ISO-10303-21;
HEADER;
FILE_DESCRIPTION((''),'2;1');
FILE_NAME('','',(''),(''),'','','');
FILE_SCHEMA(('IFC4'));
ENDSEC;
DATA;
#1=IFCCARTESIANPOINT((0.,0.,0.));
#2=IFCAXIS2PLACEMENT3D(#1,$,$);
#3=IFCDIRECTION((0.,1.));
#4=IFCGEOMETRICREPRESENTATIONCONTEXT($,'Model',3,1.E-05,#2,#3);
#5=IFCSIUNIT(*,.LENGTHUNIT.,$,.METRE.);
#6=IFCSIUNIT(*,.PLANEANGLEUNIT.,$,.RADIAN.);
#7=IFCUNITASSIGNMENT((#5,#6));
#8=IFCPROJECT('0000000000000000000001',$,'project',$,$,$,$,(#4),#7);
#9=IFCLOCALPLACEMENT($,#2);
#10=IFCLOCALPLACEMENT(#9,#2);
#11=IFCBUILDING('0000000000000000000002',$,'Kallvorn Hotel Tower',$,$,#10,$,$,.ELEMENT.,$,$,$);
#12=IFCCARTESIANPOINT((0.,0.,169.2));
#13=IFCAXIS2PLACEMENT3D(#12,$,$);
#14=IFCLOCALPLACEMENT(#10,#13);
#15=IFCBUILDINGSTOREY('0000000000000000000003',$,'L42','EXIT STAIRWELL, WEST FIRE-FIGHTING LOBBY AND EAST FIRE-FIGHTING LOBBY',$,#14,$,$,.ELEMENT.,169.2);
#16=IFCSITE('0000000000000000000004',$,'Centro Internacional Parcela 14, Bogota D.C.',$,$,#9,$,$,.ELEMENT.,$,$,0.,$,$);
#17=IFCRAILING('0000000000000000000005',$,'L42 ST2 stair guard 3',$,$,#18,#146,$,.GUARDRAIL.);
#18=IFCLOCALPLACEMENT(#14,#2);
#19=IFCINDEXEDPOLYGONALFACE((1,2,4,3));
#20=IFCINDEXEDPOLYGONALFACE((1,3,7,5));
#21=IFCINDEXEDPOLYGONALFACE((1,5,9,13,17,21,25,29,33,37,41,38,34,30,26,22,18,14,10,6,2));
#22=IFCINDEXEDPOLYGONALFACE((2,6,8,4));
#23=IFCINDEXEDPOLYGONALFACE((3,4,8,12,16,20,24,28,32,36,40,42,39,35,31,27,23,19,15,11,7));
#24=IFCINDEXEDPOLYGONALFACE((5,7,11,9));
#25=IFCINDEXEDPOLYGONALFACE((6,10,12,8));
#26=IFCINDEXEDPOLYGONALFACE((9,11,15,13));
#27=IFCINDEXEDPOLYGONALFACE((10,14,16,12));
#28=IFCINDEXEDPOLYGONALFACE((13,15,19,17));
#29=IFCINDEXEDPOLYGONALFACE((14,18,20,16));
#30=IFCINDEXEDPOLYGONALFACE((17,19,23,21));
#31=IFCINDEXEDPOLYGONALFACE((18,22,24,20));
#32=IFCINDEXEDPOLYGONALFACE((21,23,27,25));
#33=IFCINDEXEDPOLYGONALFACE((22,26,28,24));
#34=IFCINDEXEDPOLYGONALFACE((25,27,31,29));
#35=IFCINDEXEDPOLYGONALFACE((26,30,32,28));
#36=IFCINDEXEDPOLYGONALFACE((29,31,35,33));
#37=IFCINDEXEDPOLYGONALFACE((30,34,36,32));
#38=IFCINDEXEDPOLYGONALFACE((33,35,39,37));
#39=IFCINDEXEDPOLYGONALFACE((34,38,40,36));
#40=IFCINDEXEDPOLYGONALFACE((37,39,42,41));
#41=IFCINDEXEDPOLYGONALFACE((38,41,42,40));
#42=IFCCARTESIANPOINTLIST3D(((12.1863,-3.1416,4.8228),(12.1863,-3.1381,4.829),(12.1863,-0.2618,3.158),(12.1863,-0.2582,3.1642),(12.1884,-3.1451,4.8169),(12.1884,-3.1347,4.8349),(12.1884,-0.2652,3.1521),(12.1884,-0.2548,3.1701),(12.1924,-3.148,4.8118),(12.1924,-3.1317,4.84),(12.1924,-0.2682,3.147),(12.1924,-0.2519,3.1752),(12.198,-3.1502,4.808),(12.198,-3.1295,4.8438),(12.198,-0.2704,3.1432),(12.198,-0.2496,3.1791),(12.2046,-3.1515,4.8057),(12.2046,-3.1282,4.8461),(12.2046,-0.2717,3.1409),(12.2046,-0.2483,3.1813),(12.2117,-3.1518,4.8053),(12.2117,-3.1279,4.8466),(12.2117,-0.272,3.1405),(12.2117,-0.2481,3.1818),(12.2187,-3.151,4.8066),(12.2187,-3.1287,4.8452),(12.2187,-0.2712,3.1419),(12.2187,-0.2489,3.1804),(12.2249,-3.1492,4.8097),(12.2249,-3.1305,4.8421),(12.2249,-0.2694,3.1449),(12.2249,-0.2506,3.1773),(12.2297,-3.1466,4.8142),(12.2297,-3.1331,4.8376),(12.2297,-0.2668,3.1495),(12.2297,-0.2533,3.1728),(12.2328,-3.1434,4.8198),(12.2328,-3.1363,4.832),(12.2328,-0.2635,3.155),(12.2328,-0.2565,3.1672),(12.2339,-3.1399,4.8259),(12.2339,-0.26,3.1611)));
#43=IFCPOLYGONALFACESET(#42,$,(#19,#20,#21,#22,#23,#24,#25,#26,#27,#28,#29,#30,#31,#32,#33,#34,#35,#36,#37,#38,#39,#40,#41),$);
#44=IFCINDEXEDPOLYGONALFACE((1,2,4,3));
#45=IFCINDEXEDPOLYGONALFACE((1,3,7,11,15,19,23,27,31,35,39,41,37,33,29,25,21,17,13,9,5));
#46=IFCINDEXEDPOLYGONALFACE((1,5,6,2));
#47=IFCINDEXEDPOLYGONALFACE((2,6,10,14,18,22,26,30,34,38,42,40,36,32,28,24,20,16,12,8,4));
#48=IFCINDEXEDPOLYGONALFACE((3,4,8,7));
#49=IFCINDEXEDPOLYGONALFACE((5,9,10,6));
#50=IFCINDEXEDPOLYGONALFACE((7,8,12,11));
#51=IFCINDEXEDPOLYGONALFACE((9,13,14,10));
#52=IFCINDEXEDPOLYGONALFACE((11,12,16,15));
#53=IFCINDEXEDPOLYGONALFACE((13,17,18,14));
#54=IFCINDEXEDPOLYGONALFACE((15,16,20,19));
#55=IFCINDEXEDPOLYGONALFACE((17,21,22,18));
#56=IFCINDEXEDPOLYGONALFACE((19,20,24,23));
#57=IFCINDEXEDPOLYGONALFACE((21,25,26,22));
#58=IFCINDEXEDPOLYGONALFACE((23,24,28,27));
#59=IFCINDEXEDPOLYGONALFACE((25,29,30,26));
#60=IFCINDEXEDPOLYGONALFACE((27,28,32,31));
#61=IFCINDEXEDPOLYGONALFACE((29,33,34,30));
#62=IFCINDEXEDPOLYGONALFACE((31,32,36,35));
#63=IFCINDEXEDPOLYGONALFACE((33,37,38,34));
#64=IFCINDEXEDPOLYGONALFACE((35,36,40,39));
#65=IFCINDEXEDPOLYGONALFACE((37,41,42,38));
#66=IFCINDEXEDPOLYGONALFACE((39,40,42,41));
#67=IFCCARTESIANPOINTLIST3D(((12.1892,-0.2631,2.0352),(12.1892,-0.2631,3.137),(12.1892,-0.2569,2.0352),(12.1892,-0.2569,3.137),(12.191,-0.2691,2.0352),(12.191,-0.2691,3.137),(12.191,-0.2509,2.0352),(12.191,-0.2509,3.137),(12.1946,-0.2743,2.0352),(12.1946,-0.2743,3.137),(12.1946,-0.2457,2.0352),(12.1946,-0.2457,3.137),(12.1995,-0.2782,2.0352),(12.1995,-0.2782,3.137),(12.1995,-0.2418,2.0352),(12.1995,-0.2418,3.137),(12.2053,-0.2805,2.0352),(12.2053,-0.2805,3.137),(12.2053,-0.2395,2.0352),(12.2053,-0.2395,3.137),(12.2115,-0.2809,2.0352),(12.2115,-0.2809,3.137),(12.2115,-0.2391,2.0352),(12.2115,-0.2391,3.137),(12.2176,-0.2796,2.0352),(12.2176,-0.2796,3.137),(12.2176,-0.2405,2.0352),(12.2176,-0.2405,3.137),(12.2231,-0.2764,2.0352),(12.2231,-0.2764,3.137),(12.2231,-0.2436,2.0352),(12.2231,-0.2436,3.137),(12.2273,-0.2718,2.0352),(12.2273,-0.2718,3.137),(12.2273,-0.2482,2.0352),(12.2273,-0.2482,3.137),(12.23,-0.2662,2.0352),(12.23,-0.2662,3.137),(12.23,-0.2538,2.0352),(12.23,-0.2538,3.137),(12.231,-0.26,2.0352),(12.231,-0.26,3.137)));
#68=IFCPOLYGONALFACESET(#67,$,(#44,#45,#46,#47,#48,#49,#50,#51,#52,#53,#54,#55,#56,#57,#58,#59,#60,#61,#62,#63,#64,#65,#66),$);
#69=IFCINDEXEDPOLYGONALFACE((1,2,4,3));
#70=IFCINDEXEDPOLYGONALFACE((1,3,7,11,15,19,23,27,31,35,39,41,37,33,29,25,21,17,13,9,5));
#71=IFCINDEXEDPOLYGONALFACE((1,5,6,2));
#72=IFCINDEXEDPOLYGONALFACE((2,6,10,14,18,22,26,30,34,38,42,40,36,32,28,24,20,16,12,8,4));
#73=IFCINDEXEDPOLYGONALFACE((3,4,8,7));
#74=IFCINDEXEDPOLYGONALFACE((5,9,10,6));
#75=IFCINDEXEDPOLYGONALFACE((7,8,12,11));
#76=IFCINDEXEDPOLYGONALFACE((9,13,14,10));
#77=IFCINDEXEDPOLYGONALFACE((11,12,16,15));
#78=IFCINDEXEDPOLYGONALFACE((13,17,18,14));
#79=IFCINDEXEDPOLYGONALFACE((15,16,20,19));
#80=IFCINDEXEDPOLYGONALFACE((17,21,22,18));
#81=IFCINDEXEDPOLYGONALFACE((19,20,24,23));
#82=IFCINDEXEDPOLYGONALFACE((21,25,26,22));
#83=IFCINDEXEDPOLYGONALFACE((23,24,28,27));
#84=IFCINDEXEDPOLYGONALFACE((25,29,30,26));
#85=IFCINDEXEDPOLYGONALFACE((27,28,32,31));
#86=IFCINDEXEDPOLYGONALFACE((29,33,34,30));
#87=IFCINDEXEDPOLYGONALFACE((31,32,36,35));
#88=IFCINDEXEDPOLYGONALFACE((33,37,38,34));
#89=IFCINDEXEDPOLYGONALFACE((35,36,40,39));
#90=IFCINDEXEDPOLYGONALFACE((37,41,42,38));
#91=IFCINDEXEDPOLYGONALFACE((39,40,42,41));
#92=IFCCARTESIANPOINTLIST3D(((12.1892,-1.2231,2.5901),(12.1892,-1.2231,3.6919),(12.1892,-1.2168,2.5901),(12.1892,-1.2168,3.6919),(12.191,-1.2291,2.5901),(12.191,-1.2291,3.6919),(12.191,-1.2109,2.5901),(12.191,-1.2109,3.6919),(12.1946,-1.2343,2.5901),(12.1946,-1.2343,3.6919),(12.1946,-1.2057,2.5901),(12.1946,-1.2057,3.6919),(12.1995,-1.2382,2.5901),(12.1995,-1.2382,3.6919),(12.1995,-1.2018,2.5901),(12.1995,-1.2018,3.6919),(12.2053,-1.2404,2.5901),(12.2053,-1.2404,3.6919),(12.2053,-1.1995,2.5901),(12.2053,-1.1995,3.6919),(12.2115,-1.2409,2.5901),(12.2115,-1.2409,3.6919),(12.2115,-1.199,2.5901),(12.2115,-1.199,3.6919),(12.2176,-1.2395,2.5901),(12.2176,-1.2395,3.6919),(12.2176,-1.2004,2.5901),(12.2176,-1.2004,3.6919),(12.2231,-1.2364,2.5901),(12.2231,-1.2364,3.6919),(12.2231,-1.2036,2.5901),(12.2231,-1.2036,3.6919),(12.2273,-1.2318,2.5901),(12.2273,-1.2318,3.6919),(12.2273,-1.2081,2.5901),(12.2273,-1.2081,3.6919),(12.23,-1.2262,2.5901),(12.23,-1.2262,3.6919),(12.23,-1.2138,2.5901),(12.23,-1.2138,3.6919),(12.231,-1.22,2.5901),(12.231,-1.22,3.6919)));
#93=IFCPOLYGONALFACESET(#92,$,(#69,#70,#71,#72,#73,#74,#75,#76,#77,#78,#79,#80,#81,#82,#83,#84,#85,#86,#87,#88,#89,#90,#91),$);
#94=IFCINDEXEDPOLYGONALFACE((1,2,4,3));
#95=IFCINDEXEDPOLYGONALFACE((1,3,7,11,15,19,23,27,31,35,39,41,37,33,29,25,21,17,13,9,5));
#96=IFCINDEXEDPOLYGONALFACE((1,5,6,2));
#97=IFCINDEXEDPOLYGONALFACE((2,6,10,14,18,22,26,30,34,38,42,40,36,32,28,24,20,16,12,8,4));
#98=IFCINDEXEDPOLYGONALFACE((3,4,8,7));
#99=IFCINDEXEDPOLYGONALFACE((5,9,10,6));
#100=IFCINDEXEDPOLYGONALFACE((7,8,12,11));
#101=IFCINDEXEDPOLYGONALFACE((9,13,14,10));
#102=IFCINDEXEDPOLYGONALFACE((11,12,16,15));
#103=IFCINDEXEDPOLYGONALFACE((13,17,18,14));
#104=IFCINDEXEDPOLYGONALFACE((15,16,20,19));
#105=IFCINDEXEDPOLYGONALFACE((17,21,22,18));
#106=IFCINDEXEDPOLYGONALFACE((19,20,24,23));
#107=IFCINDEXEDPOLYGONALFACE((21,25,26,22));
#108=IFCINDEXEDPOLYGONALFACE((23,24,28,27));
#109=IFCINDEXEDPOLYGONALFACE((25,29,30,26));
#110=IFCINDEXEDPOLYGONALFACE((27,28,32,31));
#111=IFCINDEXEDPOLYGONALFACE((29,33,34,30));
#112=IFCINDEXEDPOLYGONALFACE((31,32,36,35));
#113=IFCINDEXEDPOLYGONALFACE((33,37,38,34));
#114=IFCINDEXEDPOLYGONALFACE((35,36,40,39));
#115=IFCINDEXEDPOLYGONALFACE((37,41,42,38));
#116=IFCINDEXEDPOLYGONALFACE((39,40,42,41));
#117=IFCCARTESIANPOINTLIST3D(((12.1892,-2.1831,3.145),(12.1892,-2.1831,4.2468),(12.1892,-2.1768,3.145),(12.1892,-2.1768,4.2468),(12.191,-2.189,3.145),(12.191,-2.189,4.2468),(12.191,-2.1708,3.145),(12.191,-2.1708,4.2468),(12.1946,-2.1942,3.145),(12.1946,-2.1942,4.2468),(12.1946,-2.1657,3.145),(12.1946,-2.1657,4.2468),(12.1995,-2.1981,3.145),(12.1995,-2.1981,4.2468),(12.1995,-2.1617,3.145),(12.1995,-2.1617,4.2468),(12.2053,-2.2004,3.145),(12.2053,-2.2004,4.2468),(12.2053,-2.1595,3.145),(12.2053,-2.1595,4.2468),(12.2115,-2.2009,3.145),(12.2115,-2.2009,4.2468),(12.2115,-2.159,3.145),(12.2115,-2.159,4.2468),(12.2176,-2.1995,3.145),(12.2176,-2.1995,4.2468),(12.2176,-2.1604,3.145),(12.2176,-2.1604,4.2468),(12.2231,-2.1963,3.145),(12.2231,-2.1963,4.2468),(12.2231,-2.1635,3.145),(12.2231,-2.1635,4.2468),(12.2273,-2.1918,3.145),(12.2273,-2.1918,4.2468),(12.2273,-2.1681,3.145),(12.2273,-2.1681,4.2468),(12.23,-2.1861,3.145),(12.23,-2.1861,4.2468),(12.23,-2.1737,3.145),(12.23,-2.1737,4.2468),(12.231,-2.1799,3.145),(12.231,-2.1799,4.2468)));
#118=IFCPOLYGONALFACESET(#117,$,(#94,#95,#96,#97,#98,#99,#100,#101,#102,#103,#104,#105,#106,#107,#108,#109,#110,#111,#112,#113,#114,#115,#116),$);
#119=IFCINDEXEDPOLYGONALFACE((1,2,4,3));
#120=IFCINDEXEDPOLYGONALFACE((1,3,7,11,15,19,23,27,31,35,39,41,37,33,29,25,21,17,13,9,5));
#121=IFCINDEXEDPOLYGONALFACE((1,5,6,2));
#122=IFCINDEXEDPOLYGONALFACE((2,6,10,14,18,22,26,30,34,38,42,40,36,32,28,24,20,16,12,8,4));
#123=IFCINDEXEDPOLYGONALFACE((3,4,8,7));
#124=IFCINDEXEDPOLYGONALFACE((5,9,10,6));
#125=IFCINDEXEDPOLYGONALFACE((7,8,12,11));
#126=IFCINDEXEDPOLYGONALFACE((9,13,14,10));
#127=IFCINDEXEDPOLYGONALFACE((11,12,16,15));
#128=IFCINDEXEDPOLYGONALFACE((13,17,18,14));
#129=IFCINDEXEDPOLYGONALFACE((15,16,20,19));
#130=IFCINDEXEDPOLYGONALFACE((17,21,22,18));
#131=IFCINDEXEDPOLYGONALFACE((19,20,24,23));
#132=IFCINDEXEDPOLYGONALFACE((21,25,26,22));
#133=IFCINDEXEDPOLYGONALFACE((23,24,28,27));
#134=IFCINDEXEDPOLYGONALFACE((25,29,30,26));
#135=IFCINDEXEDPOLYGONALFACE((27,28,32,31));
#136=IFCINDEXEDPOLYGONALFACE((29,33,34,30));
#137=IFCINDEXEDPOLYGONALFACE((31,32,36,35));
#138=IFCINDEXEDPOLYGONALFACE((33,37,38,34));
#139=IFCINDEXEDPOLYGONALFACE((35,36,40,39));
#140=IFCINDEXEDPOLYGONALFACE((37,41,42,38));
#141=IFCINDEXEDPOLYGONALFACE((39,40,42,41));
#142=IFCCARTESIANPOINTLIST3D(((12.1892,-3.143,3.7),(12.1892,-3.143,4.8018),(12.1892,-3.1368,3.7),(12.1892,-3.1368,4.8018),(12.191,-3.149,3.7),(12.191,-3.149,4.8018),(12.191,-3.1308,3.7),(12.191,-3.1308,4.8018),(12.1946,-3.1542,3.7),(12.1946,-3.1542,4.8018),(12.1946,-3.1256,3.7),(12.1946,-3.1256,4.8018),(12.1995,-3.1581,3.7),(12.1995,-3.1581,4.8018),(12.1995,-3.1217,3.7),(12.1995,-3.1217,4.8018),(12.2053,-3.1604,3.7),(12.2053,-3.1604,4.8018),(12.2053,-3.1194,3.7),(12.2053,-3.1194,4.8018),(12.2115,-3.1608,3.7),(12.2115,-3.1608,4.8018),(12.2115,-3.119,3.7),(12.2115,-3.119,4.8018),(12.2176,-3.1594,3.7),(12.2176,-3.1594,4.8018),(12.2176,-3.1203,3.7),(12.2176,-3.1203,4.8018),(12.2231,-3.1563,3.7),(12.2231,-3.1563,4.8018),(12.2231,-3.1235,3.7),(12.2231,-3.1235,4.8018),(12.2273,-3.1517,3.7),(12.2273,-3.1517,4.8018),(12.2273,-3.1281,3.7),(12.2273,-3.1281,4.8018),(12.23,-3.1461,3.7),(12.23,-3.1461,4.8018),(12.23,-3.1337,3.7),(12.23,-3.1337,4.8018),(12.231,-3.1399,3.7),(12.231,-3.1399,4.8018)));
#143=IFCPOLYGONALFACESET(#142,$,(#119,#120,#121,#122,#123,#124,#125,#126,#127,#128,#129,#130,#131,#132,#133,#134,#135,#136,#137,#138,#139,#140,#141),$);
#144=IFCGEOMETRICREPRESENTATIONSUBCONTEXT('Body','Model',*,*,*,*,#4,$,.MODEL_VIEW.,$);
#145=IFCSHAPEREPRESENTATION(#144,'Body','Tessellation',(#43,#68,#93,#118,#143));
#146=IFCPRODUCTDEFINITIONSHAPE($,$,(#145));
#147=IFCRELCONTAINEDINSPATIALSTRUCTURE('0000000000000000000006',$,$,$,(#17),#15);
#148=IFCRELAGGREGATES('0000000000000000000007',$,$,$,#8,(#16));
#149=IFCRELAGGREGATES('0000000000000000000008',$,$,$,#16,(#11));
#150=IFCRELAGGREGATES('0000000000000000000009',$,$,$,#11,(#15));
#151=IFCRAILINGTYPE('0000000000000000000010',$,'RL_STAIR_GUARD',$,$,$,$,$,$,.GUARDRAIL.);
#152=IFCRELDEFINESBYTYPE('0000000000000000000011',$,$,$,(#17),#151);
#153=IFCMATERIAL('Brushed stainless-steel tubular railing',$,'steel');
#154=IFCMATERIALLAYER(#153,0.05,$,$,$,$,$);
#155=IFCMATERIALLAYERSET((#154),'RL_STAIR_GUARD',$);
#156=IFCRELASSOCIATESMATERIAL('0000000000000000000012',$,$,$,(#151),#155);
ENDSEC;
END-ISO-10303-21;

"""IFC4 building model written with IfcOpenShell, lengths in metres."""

from ifc_helpers import new_model, si_unit, direction, frame, origin, origin_2d, place, context, subcontext, project, spatial, circle, extrude, material, layer, layer_set, type_object, element, save


model = new_model("IFC4")

# Units and contexts
model_context = context("Model", 3, precision=1e-05, world=origin(), true_north=direction((0.0, 1.0)))
body_context = subcontext(model_context, "Body", "Model", "MODEL_VIEW")
ifc_project = project(units=[si_unit("LENGTHUNIT", "METRE"), si_unit("PLANEANGLEUNIT", "RADIAN")], contexts=[model_context])

# Site, building, storey
site_placement = place(None, origin())
site = spatial("IfcSite", under=ifc_project, at=site_placement, Name="Centro Internacional Parcela 14, Bogota D.C.", CompositionType="ELEMENT", RefElevation=0.0)
building_placement = place(site_placement, origin())
building = spatial("IfcBuilding", under=site, at=building_placement, Name="Kallvorn Hotel Tower", CompositionType="ELEMENT")
storey_placement = place(building_placement, frame((0.0, 0.0, 169.2)))
storey = spatial("IfcBuildingStorey", under=building, at=storey_placement, Name="L42", Description="EXIT STAIRWELL, WEST FIRE-FIGHTING LOBBY AND EAST FIRE-FIGHTING LOBBY", CompositionType="ELEMENT", Elevation=169.2)

# Railing
ifc_material_1 = material(Name="Brushed stainless-steel tubular railing", Category="steel")
ifc_layer_1 = layer(ifc_material_1, 0.05)
ifc_layer_set_1 = layer_set([ifc_layer_1], Name="RL_STAIR_GUARD")
railing_type = type_object("IfcRailingType", Name="RL_STAIR_GUARD", PredefinedType="GUARDRAIL", material=ifc_layer_set_1)
railing_1_placement = place(storey_placement, frame((12.21, -0.26, 2.0352)))
element("IfcRailing", 1, at=railing_1_placement, inside=storey, type_object=railing_type, Name="L42 ST2 stair guard 3", PredefinedType="GUARDRAIL", context=body_context, shape_type="SweptSolid", body=[
    extrude(circle(Radius=0.0239, at=origin_2d()), frame((0.0, 0.0, 1.126), z_axis=(0.0, -0.865753, 0.500472), x_axis=(1.0, 0.0, 0.0)), (0.0, 0.0, 1.0), 3.3264),
    extrude(circle(Radius=0.021, at=origin_2d()), origin(), (0.0, 0.0, 1.0), 1.1018),
    extrude(circle(Radius=0.021, at=origin_2d()), frame((0.0, -0.96, 0.5549)), (0.0, 0.0, 1.0), 1.1018),
    extrude(circle(Radius=0.021, at=origin_2d()), frame((0.0, -1.9199, 1.1099)), (0.0, 0.0, 1.0), 1.1018),
    extrude(circle(Radius=0.021, at=origin_2d()), frame((0.0, -2.8799, 1.6648)), (0.0, 0.0, 1.0), 1.1018),
])

save(model, "model.ifc")
